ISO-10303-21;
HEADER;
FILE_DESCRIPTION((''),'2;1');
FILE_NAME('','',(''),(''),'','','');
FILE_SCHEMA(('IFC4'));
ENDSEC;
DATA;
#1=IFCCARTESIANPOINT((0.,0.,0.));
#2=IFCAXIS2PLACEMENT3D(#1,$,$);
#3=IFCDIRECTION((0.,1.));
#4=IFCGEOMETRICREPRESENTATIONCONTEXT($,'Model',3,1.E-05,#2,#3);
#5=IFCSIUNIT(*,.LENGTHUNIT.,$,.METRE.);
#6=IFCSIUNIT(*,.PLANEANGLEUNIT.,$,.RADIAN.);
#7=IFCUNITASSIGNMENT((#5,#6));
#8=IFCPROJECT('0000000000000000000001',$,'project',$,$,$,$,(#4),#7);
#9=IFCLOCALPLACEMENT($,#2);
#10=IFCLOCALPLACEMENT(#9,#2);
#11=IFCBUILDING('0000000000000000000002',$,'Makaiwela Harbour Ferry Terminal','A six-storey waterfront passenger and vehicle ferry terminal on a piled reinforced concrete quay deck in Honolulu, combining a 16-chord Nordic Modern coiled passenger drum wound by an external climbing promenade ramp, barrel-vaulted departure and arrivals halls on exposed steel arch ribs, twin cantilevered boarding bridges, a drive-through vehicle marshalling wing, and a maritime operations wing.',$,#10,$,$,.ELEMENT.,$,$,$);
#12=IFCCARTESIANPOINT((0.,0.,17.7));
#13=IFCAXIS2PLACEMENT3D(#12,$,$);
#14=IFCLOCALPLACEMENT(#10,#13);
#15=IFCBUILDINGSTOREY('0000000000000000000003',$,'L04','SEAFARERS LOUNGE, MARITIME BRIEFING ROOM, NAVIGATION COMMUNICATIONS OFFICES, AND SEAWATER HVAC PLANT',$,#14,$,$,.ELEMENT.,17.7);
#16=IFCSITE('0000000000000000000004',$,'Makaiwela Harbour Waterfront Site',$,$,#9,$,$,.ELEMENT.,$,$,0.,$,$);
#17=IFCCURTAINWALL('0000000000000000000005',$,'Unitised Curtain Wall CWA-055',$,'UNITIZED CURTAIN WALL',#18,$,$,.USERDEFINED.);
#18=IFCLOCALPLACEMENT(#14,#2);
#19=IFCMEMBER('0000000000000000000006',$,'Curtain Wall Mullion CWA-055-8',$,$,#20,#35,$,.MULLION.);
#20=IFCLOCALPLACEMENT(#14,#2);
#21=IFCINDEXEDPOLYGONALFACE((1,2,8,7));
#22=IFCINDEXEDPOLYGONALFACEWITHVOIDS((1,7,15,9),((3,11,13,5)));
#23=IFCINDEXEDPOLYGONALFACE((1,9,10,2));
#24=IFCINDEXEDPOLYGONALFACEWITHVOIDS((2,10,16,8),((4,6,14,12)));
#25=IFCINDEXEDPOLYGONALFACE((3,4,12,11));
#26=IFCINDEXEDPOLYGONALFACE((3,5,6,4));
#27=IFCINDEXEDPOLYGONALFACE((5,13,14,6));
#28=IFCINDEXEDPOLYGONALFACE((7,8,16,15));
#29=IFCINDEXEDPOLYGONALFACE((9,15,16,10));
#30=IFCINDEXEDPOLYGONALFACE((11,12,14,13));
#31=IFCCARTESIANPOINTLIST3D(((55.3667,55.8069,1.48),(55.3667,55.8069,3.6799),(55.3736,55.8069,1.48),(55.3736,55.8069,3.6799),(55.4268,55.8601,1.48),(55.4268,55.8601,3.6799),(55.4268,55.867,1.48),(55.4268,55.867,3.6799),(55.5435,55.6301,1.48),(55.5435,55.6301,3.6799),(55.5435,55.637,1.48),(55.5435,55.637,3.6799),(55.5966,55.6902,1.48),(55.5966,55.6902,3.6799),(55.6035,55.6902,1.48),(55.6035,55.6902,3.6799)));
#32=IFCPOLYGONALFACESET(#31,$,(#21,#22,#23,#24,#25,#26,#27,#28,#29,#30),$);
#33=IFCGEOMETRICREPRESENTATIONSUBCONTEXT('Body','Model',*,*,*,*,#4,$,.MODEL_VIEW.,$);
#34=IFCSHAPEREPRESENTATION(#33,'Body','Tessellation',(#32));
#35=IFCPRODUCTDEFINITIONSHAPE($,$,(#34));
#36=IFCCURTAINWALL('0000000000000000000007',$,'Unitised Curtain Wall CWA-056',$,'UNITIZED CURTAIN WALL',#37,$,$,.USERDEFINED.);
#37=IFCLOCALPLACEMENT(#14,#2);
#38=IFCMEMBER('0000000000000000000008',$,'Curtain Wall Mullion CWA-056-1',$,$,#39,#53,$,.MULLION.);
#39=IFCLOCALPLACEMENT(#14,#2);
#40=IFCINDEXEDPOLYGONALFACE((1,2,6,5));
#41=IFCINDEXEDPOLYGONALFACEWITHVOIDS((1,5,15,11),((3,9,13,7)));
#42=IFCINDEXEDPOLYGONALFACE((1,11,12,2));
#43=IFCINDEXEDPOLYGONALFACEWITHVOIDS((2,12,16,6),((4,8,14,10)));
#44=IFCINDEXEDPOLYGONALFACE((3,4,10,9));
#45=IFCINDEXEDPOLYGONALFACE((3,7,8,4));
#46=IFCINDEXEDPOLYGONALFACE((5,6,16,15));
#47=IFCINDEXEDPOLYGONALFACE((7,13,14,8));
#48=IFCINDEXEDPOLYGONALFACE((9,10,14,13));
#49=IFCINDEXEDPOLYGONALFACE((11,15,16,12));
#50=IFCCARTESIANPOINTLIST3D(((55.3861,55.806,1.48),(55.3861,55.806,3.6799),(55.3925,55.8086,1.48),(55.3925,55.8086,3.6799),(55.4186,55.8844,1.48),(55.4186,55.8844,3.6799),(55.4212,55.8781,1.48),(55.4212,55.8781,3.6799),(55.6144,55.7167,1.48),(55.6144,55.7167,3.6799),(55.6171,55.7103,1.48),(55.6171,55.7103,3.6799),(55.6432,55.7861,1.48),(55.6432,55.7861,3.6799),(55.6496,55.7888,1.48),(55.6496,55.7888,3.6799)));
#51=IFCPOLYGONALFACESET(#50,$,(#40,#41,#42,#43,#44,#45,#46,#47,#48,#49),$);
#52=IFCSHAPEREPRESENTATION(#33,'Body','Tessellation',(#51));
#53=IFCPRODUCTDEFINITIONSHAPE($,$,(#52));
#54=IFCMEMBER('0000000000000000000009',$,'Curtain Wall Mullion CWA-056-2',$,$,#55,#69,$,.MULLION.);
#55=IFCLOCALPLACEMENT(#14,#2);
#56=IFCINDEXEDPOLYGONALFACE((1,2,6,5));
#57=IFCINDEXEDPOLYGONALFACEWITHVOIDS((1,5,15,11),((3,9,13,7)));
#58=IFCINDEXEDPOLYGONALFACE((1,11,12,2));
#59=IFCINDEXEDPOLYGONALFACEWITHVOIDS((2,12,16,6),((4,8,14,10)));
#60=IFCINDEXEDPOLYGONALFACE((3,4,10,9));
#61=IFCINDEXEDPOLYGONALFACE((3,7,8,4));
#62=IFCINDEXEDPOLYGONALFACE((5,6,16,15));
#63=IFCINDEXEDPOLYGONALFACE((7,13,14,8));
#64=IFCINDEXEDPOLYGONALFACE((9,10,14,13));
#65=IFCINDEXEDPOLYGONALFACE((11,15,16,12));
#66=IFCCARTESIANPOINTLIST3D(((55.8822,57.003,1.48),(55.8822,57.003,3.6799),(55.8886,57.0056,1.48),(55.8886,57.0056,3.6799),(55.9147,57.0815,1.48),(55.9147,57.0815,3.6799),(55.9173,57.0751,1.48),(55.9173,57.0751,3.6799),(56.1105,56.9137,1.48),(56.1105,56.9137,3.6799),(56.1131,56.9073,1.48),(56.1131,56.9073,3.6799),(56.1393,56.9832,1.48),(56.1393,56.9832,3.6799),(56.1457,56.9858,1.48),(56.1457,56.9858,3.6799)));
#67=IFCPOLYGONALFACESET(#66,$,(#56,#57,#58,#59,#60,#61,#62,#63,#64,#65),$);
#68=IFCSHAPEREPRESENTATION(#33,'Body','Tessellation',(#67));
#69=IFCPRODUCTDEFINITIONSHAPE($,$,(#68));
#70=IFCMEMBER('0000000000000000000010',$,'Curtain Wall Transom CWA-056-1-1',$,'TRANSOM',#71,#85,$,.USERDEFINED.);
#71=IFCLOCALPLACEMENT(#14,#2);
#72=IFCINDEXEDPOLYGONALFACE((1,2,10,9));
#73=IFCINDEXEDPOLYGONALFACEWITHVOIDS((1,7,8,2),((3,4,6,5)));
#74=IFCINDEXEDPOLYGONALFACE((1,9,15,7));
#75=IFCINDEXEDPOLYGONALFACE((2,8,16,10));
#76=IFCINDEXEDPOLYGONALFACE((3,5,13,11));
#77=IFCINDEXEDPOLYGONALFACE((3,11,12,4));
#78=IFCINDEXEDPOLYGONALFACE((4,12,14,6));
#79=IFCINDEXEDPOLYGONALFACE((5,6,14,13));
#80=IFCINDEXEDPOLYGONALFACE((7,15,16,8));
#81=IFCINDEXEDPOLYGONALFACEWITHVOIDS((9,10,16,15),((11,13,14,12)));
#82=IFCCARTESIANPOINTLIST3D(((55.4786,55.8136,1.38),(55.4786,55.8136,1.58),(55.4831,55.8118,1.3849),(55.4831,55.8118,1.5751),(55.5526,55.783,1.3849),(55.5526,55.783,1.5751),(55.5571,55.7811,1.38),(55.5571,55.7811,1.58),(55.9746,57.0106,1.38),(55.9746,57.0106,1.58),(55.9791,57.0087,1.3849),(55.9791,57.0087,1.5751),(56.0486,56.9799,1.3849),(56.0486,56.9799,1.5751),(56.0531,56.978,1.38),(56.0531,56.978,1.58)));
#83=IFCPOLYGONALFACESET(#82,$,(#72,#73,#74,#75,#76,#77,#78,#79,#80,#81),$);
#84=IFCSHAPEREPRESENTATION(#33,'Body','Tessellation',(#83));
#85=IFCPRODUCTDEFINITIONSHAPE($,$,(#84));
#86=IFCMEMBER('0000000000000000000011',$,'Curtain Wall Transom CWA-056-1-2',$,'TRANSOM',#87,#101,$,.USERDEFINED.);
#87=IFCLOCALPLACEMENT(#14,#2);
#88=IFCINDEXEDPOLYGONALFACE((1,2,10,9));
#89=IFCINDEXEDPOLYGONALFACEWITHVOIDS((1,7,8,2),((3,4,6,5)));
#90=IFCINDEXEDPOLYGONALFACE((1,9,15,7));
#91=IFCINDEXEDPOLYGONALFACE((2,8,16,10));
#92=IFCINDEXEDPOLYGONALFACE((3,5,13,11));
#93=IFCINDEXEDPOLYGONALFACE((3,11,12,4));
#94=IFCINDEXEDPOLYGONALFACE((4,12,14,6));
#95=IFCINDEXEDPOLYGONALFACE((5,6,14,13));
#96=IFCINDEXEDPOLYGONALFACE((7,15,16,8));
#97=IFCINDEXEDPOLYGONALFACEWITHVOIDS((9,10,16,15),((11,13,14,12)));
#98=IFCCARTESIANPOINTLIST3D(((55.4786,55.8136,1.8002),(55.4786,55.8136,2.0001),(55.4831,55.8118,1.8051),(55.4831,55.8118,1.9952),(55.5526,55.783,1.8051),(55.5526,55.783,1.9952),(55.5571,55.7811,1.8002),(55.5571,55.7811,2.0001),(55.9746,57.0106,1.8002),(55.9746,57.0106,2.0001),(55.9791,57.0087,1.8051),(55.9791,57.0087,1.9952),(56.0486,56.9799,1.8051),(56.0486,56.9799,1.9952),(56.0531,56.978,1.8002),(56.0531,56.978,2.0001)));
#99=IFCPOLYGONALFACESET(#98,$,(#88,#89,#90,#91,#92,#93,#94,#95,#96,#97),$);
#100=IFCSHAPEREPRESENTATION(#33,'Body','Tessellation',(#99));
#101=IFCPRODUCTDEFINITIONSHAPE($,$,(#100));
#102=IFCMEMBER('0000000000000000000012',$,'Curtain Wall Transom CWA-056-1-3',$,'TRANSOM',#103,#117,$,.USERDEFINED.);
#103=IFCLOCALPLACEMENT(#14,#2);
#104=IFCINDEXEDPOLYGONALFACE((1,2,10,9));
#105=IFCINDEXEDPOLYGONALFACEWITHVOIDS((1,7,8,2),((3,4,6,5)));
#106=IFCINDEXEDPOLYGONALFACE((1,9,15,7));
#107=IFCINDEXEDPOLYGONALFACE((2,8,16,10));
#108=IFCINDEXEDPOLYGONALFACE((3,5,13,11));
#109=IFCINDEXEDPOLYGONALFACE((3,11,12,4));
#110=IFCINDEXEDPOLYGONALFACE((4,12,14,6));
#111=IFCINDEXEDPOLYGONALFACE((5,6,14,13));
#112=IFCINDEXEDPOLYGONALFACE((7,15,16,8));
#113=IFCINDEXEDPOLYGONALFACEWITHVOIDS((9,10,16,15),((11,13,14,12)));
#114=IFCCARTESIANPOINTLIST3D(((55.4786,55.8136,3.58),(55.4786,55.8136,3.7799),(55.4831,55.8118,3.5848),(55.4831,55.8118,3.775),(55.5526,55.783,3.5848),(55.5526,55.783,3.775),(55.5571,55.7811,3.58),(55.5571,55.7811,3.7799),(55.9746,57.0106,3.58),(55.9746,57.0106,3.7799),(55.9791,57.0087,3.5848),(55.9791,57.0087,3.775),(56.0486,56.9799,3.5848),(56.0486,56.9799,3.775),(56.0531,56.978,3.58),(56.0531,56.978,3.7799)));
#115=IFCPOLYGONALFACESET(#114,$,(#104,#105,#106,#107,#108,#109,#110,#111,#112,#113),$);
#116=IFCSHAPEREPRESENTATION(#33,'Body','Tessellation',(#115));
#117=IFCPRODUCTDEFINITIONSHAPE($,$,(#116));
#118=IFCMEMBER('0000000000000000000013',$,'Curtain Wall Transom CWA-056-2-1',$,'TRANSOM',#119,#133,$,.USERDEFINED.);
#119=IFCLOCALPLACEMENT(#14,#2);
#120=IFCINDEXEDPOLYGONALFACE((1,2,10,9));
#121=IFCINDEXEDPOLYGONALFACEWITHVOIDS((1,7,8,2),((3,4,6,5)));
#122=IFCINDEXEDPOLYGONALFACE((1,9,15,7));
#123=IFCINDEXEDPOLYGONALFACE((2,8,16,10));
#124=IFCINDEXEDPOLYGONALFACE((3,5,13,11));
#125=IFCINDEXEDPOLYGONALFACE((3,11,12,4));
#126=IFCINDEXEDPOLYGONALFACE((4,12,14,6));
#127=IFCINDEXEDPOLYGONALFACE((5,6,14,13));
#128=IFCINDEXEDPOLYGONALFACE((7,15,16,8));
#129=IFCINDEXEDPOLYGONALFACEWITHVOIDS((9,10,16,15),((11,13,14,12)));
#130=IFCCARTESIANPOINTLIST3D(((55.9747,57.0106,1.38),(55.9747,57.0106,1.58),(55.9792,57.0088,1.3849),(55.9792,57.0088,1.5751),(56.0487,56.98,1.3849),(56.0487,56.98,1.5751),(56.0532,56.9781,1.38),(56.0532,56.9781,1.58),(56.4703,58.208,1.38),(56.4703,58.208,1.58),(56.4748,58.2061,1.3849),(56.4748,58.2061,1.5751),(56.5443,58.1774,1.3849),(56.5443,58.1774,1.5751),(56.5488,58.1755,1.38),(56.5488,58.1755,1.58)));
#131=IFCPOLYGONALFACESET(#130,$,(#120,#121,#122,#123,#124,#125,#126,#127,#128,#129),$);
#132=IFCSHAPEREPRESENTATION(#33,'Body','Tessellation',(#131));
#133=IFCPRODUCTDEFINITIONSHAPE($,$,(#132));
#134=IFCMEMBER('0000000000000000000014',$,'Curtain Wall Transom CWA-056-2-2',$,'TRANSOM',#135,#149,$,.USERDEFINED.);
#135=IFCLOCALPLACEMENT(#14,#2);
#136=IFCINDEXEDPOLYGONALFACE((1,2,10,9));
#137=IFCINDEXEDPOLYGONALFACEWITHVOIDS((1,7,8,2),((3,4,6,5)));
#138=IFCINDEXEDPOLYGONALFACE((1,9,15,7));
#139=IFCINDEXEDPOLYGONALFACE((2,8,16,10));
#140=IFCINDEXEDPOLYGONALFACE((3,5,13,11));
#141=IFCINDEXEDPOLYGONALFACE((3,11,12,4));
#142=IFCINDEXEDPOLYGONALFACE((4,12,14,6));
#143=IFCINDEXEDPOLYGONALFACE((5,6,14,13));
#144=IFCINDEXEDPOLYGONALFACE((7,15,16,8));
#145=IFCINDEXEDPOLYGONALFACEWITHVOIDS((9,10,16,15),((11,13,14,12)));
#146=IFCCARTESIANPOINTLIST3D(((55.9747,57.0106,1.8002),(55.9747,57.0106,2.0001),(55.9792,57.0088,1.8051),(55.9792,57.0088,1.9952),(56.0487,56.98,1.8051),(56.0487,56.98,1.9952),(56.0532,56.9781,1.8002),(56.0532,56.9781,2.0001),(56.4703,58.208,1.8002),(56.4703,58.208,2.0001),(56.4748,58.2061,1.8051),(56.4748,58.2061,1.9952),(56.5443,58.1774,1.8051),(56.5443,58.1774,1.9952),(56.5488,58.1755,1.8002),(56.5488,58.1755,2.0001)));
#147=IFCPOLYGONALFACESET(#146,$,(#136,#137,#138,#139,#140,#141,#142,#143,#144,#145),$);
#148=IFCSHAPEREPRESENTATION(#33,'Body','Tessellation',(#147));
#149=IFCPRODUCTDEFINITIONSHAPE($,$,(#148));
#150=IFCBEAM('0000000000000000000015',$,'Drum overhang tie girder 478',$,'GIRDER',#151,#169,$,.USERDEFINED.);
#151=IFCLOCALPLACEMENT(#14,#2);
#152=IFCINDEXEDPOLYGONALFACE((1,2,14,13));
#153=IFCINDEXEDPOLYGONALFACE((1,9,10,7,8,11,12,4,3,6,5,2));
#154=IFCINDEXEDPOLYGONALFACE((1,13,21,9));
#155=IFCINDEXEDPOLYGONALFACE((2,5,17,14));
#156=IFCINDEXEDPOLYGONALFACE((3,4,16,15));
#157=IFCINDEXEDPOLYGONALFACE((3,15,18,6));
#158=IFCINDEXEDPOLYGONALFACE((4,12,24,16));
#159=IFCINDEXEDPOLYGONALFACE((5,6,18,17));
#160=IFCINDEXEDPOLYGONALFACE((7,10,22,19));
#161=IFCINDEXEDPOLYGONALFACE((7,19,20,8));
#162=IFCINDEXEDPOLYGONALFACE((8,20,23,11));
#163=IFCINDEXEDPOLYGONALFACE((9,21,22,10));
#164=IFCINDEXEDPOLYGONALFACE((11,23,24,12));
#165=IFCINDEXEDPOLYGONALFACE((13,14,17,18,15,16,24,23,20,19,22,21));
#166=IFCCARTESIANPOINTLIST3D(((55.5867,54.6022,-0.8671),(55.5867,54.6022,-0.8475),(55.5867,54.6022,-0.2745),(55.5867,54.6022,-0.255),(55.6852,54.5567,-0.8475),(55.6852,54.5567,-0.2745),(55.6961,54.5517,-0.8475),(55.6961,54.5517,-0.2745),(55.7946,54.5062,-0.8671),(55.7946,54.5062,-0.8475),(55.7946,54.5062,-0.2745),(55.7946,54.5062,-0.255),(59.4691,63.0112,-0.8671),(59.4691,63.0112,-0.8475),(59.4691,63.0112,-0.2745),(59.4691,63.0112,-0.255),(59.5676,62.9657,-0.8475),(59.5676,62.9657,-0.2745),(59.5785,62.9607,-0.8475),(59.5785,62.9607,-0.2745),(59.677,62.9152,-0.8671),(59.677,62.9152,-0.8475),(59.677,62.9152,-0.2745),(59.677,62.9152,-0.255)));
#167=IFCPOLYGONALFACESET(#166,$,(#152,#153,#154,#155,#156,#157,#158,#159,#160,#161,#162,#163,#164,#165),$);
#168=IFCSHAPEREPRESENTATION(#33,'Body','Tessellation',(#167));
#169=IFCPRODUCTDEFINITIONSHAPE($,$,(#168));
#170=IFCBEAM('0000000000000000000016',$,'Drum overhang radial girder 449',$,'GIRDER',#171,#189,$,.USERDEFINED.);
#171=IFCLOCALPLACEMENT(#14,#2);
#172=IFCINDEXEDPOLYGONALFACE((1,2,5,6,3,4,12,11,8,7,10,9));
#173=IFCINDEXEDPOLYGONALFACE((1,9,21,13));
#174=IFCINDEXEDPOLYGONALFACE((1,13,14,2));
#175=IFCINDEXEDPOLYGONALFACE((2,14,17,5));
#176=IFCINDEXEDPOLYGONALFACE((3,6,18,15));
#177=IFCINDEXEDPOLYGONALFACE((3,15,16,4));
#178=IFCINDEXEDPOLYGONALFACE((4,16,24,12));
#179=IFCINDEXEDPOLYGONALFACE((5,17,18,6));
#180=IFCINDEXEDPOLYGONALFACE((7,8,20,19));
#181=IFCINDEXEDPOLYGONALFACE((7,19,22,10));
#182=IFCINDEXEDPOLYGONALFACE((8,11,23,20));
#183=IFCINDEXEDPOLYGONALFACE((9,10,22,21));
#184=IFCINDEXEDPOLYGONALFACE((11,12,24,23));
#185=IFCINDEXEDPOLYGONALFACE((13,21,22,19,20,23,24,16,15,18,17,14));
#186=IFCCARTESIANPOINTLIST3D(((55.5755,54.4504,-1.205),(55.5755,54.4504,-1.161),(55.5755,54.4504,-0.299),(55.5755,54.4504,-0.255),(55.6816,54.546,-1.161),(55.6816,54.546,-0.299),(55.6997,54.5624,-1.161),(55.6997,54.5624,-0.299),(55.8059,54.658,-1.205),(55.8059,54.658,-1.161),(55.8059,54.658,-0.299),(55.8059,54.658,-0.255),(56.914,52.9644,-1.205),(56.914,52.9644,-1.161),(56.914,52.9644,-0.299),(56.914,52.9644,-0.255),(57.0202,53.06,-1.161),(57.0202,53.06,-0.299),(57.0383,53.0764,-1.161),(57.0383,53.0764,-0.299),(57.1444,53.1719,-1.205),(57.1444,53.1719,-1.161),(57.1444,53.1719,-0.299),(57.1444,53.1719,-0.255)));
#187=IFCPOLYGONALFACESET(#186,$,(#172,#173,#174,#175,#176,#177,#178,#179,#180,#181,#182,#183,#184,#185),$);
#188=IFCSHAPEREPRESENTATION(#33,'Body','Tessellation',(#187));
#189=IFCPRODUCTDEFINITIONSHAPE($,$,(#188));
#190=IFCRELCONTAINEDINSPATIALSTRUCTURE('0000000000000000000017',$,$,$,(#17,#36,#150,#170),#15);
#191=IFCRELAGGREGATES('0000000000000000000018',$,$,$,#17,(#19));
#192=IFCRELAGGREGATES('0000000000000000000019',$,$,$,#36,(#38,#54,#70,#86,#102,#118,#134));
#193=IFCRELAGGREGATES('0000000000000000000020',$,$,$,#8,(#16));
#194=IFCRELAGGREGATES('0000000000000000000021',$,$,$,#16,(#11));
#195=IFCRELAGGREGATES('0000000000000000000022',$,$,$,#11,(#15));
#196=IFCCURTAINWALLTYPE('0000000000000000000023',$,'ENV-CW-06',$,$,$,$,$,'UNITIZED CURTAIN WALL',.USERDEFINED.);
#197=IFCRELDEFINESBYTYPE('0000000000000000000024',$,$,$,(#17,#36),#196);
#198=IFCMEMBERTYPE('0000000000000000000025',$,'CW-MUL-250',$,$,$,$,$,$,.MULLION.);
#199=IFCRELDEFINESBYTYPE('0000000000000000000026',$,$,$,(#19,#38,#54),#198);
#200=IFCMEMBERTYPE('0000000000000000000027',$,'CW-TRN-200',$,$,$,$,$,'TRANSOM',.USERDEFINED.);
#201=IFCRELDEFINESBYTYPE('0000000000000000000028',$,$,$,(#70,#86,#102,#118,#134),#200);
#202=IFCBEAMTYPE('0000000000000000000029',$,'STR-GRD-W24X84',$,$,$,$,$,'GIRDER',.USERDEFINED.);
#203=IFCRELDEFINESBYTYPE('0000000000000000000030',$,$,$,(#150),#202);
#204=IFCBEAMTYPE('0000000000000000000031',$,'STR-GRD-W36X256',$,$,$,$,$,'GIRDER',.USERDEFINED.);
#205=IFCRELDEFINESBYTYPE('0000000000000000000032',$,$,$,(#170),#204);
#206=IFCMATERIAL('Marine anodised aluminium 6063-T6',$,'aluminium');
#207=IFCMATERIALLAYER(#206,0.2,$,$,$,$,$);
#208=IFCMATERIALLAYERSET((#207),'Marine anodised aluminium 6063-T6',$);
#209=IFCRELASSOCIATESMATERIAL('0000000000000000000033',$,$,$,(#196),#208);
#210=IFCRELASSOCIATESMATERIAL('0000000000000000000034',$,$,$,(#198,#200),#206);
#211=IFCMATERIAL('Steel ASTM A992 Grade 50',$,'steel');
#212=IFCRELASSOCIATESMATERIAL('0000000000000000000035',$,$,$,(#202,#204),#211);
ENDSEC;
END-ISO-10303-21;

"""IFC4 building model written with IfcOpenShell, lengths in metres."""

from ifc_helpers import new_model, si_unit, direction, frame, origin, origin_2d, place, context, subcontext, project, spatial, hollow_rectangle, i_section, extrude, material, layer, layer_set, material_profile, profile_set, type_object, element, aggregate, save


model = new_model("IFC4")

# Units and contexts
model_context = context("Model", 3, precision=1e-05, world=origin(), true_north=direction((0.0, 1.0)))
body_context = subcontext(model_context, "Body", "Model", "MODEL_VIEW")
ifc_project = project(units=[si_unit("LENGTHUNIT", "METRE"), si_unit("PLANEANGLEUNIT", "RADIAN")], contexts=[model_context])

# Site, building, storey
site_placement = place(None, origin())
site = spatial("IfcSite", under=ifc_project, at=site_placement, Name="Makaiwela Harbour Waterfront Site", CompositionType="ELEMENT", RefElevation=0.0)
building_placement = place(site_placement, origin())
building = spatial("IfcBuilding", under=site, at=building_placement, Name="Makaiwela Harbour Ferry Terminal", Description="A six-storey waterfront passenger and vehicle ferry terminal on a piled reinforced concrete quay deck in Honolulu, combining a 16-chord Nordic Modern coiled passenger drum wound by an external climbing promenade ramp, barrel-vaulted departure and arrivals halls on exposed steel arch ribs, twin cantilevered boarding bridges, a drive-through vehicle marshalling wing, and a maritime operations wing.", CompositionType="ELEMENT")
storey_placement = place(building_placement, frame((0.0, 0.0, 17.7)))
storey = spatial("IfcBuildingStorey", under=building, at=storey_placement, Name="L04", Description="SEAFARERS LOUNGE, MARITIME BRIEFING ROOM, NAVIGATION COMMUNICATIONS OFFICES, AND SEAWATER HVAC PLANT", CompositionType="ELEMENT", Elevation=17.7)

# Curtain wall, member
ifc_material_1 = material(Name="Marine anodised aluminium 6063-T6", Category="aluminium")
ifc_layer_1 = layer(ifc_material_1, 0.2)
ifc_layer_set_1 = layer_set([ifc_layer_1], Name="Marine anodised aluminium 6063-T6")
curtain_wall_type = type_object("IfcCurtainWallType", Name="ENV-CW-06", ElementType="UNITIZED CURTAIN WALL", PredefinedType="USERDEFINED", material=ifc_layer_set_1)
curtain_wall_1_placement = place(storey_placement, origin())
curtain_wall_1 = element("IfcCurtainWall", 1, at=curtain_wall_1_placement, inside=storey, type_object=curtain_wall_type, Name="Unitised Curtain Wall CWA-055", ObjectType="UNITIZED CURTAIN WALL", PredefinedType="USERDEFINED")
ifc_material_profile_1 = material_profile(ifc_material_1, hollow_rectangle(XDim=0.085, YDim=0.25, WallThickness=0.0049, at=origin_2d()), Name="CWM-250X85")
ifc_profile_set_1 = profile_set([ifc_material_profile_1], Name="Marine anodised aluminium 6063-T6")
member_type_1 = type_object("IfcMemberType", Name="CW-MUL-250", PredefinedType="MULLION", material=ifc_profile_set_1)
member_1_placement = place(storey_placement, frame((55.4851, 55.7485, 1.48), z_axis=(0.0, 0.0, 1.0), x_axis=(0.707107, 0.707107, 0.0)))
member_1 = element("IfcMember", 2, at=member_1_placement, type_object=member_type_1, Name="Curtain Wall Mullion CWA-055-8", PredefinedType="MULLION", context=body_context, shape_type="SweptSolid", body=[
    extrude(hollow_rectangle(XDim=0.085, YDim=0.25, WallThickness=0.0049, at=origin_2d()), origin(), (0.0, 0.0, 1.0), 2.2),
])

# Curtain wall, members
curtain_wall_2_placement = place(storey_placement, origin())
curtain_wall_2 = element("IfcCurtainWall", 3, at=curtain_wall_2_placement, inside=storey, type_object=curtain_wall_type, Name="Unitised Curtain Wall CWA-056", ObjectType="UNITIZED CURTAIN WALL", PredefinedType="USERDEFINED")
member_2_placement = place(storey_placement, frame((55.5178, 55.7974, 1.48), z_axis=(0.0, 0.0, 1.0), x_axis=(0.382683, 0.92388, 0.0)))
member_2 = element("IfcMember", 4, at=member_2_placement, type_object=member_type_1, Name="Curtain Wall Mullion CWA-056-1", PredefinedType="MULLION", context=body_context, shape_type="SweptSolid", body=[
    extrude(hollow_rectangle(XDim=0.085, YDim=0.25, WallThickness=0.0049, at=origin_2d()), origin(), (0.0, 0.0, 1.0), 2.2),
])
member_3_placement = place(storey_placement, frame((56.0139, 56.9944, 1.48), z_axis=(0.0, 0.0, 1.0), x_axis=(0.382683, 0.92388, 0.0)))
member_3 = element("IfcMember", 5, at=member_3_placement, type_object=member_type_1, Name="Curtain Wall Mullion CWA-056-2", PredefinedType="MULLION", context=body_context, shape_type="SweptSolid", body=[
    extrude(hollow_rectangle(XDim=0.085, YDim=0.25, WallThickness=0.0049, at=origin_2d()), origin(), (0.0, 0.0, 1.0), 2.2),
])
ifc_material_profile_2 = material_profile(ifc_material_1, hollow_rectangle(XDim=0.085, YDim=0.2, WallThickness=0.0049, at=origin_2d()), Name="CWT-200X85")
ifc_profile_set_2 = profile_set([ifc_material_profile_2], Name="Marine anodised aluminium 6063-T6")
member_type_2 = type_object("IfcMemberType", Name="CW-TRN-200", ElementType="TRANSOM", PredefinedType="USERDEFINED", material=ifc_profile_set_2)
member_4_placement = place(storey_placement, frame((55.5178, 55.7974, 1.48), z_axis=(0.382862, 0.923806, 0.0), x_axis=(-0.923806, 0.382862, 0.0)))
member_4 = element("IfcMember", 6, at=member_4_placement, type_object=member_type_2, Name="Curtain Wall Transom CWA-056-1-1", ObjectType="TRANSOM", PredefinedType="USERDEFINED", context=body_context, shape_type="SweptSolid", body=[
    extrude(hollow_rectangle(XDim=0.085, YDim=0.2, WallThickness=0.0049, at=origin_2d()), origin(), (0.0, 0.0, 1.0), 1.2957),
])
member_5_placement = place(storey_placement, frame((55.5178, 55.7974, 1.9001), z_axis=(0.382862, 0.923806, 0.0), x_axis=(-0.923806, 0.382862, 0.0)))
member_5 = element("IfcMember", 7, at=member_5_placement, type_object=member_type_2, Name="Curtain Wall Transom CWA-056-1-2", ObjectType="TRANSOM", PredefinedType="USERDEFINED", context=body_context, shape_type="SweptSolid", body=[
    extrude(hollow_rectangle(XDim=0.085, YDim=0.2, WallThickness=0.0049, at=origin_2d()), origin(), (0.0, 0.0, 1.0), 1.2957),
])
member_6_placement = place(storey_placement, frame((55.5178, 55.7974, 3.6799), z_axis=(0.382862, 0.923806, 0.0), x_axis=(-0.923806, 0.382862, 0.0)))
member_6 = element("IfcMember", 8, at=member_6_placement, type_object=member_type_2, Name="Curtain Wall Transom CWA-056-1-3", ObjectType="TRANSOM", PredefinedType="USERDEFINED", context=body_context, shape_type="SweptSolid", body=[
    extrude(hollow_rectangle(XDim=0.085, YDim=0.2, WallThickness=0.0049, at=origin_2d()), origin(), (0.0, 0.0, 1.0), 1.2957),
])
member_7_placement = place(storey_placement, frame((56.0139, 56.9944, 1.48), z_axis=(0.382474, 0.923966, 0.0), x_axis=(-0.923966, 0.382474, 0.0)))
member_7 = element("IfcMember", 9, at=member_7_placement, type_object=member_type_2, Name="Curtain Wall Transom CWA-056-2-1", ObjectType="TRANSOM", PredefinedType="USERDEFINED", context=body_context, shape_type="SweptSolid", body=[
    extrude(hollow_rectangle(XDim=0.085, YDim=0.2, WallThickness=0.0049, at=origin_2d()), origin(), (0.0, 0.0, 1.0), 1.2959),
])
member_8_placement = place(storey_placement, frame((56.0139, 56.9944, 1.9001), z_axis=(0.382474, 0.923966, 0.0), x_axis=(-0.923966, 0.382474, 0.0)))
member_8 = element("IfcMember", 10, at=member_8_placement, type_object=member_type_2, Name="Curtain Wall Transom CWA-056-2-2", ObjectType="TRANSOM", PredefinedType="USERDEFINED", context=body_context, shape_type="SweptSolid", body=[
    extrude(hollow_rectangle(XDim=0.085, YDim=0.2, WallThickness=0.0049, at=origin_2d()), origin(), (0.0, 0.0, 1.0), 1.2959),
])

# Beams
ifc_material_2 = material(Name="Steel ASTM A992 Grade 50", Category="steel")
ifc_material_profile_3 = material_profile(ifc_material_2, i_section(OverallWidth=0.229, OverallDepth=0.6121, WebThickness=0.012, FlangeThickness=0.0195, at=origin_2d()), Name="W24X84")
ifc_profile_set_3 = profile_set([ifc_material_profile_3], Name="Steel ASTM A992 Grade 50")
beam_type_1 = type_object("IfcBeamType", Name="STR-GRD-W24X84", ElementType="GIRDER", PredefinedType="USERDEFINED", material=ifc_profile_set_3)
beam_1_placement = place(storey_placement, frame((55.6907, 54.5542, -0.561), z_axis=(0.419172, 0.907907, 0.0), x_axis=(-0.907907, 0.419172, 0.0)))
element("IfcBeam", 11, at=beam_1_placement, inside=storey, type_object=beam_type_1, Name="Drum overhang tie girder 478", ObjectType="GIRDER", PredefinedType="USERDEFINED", context=body_context, shape_type="SweptSolid", body=[
    extrude(i_section(OverallWidth=0.229, OverallDepth=0.6121, WebThickness=0.012, FlangeThickness=0.0195, at=origin_2d()), origin(), (0.0, 0.0, 1.0), 9.262),
])
ifc_material_profile_4 = material_profile(ifc_material_2, i_section(OverallWidth=0.3101, OverallDepth=0.95, WebThickness=0.0244, FlangeThickness=0.0439, at=origin_2d()), Name="W36X256")
ifc_profile_set_4 = profile_set([ifc_material_profile_4], Name="Steel ASTM A992 Grade 50")
beam_type_2 = type_object("IfcBeamType", Name="STR-GRD-W36X256", ElementType="GIRDER", PredefinedType="USERDEFINED", material=ifc_profile_set_4)
beam_2_placement = place(storey_placement, frame((55.6907, 54.5542, -0.73), z_axis=(0.669282, -0.743009, 0.0), x_axis=(0.743009, 0.669282, 0.0)))
element("IfcBeam", 12, at=beam_2_placement, inside=storey, type_object=beam_type_2, Name="Drum overhang radial girder 449", ObjectType="GIRDER", PredefinedType="USERDEFINED", context=body_context, shape_type="SweptSolid", body=[
    extrude(i_section(OverallWidth=0.3101, OverallDepth=0.95, WebThickness=0.0244, FlangeThickness=0.0439, at=origin_2d()), origin(), (0.0, 0.0, 1.0), 2.0),
])

aggregate(curtain_wall_1, [member_1])
aggregate(curtain_wall_2, [member_2, member_3, member_4, member_5, member_6, member_7, member_8])

save(model, "model.ifc")
